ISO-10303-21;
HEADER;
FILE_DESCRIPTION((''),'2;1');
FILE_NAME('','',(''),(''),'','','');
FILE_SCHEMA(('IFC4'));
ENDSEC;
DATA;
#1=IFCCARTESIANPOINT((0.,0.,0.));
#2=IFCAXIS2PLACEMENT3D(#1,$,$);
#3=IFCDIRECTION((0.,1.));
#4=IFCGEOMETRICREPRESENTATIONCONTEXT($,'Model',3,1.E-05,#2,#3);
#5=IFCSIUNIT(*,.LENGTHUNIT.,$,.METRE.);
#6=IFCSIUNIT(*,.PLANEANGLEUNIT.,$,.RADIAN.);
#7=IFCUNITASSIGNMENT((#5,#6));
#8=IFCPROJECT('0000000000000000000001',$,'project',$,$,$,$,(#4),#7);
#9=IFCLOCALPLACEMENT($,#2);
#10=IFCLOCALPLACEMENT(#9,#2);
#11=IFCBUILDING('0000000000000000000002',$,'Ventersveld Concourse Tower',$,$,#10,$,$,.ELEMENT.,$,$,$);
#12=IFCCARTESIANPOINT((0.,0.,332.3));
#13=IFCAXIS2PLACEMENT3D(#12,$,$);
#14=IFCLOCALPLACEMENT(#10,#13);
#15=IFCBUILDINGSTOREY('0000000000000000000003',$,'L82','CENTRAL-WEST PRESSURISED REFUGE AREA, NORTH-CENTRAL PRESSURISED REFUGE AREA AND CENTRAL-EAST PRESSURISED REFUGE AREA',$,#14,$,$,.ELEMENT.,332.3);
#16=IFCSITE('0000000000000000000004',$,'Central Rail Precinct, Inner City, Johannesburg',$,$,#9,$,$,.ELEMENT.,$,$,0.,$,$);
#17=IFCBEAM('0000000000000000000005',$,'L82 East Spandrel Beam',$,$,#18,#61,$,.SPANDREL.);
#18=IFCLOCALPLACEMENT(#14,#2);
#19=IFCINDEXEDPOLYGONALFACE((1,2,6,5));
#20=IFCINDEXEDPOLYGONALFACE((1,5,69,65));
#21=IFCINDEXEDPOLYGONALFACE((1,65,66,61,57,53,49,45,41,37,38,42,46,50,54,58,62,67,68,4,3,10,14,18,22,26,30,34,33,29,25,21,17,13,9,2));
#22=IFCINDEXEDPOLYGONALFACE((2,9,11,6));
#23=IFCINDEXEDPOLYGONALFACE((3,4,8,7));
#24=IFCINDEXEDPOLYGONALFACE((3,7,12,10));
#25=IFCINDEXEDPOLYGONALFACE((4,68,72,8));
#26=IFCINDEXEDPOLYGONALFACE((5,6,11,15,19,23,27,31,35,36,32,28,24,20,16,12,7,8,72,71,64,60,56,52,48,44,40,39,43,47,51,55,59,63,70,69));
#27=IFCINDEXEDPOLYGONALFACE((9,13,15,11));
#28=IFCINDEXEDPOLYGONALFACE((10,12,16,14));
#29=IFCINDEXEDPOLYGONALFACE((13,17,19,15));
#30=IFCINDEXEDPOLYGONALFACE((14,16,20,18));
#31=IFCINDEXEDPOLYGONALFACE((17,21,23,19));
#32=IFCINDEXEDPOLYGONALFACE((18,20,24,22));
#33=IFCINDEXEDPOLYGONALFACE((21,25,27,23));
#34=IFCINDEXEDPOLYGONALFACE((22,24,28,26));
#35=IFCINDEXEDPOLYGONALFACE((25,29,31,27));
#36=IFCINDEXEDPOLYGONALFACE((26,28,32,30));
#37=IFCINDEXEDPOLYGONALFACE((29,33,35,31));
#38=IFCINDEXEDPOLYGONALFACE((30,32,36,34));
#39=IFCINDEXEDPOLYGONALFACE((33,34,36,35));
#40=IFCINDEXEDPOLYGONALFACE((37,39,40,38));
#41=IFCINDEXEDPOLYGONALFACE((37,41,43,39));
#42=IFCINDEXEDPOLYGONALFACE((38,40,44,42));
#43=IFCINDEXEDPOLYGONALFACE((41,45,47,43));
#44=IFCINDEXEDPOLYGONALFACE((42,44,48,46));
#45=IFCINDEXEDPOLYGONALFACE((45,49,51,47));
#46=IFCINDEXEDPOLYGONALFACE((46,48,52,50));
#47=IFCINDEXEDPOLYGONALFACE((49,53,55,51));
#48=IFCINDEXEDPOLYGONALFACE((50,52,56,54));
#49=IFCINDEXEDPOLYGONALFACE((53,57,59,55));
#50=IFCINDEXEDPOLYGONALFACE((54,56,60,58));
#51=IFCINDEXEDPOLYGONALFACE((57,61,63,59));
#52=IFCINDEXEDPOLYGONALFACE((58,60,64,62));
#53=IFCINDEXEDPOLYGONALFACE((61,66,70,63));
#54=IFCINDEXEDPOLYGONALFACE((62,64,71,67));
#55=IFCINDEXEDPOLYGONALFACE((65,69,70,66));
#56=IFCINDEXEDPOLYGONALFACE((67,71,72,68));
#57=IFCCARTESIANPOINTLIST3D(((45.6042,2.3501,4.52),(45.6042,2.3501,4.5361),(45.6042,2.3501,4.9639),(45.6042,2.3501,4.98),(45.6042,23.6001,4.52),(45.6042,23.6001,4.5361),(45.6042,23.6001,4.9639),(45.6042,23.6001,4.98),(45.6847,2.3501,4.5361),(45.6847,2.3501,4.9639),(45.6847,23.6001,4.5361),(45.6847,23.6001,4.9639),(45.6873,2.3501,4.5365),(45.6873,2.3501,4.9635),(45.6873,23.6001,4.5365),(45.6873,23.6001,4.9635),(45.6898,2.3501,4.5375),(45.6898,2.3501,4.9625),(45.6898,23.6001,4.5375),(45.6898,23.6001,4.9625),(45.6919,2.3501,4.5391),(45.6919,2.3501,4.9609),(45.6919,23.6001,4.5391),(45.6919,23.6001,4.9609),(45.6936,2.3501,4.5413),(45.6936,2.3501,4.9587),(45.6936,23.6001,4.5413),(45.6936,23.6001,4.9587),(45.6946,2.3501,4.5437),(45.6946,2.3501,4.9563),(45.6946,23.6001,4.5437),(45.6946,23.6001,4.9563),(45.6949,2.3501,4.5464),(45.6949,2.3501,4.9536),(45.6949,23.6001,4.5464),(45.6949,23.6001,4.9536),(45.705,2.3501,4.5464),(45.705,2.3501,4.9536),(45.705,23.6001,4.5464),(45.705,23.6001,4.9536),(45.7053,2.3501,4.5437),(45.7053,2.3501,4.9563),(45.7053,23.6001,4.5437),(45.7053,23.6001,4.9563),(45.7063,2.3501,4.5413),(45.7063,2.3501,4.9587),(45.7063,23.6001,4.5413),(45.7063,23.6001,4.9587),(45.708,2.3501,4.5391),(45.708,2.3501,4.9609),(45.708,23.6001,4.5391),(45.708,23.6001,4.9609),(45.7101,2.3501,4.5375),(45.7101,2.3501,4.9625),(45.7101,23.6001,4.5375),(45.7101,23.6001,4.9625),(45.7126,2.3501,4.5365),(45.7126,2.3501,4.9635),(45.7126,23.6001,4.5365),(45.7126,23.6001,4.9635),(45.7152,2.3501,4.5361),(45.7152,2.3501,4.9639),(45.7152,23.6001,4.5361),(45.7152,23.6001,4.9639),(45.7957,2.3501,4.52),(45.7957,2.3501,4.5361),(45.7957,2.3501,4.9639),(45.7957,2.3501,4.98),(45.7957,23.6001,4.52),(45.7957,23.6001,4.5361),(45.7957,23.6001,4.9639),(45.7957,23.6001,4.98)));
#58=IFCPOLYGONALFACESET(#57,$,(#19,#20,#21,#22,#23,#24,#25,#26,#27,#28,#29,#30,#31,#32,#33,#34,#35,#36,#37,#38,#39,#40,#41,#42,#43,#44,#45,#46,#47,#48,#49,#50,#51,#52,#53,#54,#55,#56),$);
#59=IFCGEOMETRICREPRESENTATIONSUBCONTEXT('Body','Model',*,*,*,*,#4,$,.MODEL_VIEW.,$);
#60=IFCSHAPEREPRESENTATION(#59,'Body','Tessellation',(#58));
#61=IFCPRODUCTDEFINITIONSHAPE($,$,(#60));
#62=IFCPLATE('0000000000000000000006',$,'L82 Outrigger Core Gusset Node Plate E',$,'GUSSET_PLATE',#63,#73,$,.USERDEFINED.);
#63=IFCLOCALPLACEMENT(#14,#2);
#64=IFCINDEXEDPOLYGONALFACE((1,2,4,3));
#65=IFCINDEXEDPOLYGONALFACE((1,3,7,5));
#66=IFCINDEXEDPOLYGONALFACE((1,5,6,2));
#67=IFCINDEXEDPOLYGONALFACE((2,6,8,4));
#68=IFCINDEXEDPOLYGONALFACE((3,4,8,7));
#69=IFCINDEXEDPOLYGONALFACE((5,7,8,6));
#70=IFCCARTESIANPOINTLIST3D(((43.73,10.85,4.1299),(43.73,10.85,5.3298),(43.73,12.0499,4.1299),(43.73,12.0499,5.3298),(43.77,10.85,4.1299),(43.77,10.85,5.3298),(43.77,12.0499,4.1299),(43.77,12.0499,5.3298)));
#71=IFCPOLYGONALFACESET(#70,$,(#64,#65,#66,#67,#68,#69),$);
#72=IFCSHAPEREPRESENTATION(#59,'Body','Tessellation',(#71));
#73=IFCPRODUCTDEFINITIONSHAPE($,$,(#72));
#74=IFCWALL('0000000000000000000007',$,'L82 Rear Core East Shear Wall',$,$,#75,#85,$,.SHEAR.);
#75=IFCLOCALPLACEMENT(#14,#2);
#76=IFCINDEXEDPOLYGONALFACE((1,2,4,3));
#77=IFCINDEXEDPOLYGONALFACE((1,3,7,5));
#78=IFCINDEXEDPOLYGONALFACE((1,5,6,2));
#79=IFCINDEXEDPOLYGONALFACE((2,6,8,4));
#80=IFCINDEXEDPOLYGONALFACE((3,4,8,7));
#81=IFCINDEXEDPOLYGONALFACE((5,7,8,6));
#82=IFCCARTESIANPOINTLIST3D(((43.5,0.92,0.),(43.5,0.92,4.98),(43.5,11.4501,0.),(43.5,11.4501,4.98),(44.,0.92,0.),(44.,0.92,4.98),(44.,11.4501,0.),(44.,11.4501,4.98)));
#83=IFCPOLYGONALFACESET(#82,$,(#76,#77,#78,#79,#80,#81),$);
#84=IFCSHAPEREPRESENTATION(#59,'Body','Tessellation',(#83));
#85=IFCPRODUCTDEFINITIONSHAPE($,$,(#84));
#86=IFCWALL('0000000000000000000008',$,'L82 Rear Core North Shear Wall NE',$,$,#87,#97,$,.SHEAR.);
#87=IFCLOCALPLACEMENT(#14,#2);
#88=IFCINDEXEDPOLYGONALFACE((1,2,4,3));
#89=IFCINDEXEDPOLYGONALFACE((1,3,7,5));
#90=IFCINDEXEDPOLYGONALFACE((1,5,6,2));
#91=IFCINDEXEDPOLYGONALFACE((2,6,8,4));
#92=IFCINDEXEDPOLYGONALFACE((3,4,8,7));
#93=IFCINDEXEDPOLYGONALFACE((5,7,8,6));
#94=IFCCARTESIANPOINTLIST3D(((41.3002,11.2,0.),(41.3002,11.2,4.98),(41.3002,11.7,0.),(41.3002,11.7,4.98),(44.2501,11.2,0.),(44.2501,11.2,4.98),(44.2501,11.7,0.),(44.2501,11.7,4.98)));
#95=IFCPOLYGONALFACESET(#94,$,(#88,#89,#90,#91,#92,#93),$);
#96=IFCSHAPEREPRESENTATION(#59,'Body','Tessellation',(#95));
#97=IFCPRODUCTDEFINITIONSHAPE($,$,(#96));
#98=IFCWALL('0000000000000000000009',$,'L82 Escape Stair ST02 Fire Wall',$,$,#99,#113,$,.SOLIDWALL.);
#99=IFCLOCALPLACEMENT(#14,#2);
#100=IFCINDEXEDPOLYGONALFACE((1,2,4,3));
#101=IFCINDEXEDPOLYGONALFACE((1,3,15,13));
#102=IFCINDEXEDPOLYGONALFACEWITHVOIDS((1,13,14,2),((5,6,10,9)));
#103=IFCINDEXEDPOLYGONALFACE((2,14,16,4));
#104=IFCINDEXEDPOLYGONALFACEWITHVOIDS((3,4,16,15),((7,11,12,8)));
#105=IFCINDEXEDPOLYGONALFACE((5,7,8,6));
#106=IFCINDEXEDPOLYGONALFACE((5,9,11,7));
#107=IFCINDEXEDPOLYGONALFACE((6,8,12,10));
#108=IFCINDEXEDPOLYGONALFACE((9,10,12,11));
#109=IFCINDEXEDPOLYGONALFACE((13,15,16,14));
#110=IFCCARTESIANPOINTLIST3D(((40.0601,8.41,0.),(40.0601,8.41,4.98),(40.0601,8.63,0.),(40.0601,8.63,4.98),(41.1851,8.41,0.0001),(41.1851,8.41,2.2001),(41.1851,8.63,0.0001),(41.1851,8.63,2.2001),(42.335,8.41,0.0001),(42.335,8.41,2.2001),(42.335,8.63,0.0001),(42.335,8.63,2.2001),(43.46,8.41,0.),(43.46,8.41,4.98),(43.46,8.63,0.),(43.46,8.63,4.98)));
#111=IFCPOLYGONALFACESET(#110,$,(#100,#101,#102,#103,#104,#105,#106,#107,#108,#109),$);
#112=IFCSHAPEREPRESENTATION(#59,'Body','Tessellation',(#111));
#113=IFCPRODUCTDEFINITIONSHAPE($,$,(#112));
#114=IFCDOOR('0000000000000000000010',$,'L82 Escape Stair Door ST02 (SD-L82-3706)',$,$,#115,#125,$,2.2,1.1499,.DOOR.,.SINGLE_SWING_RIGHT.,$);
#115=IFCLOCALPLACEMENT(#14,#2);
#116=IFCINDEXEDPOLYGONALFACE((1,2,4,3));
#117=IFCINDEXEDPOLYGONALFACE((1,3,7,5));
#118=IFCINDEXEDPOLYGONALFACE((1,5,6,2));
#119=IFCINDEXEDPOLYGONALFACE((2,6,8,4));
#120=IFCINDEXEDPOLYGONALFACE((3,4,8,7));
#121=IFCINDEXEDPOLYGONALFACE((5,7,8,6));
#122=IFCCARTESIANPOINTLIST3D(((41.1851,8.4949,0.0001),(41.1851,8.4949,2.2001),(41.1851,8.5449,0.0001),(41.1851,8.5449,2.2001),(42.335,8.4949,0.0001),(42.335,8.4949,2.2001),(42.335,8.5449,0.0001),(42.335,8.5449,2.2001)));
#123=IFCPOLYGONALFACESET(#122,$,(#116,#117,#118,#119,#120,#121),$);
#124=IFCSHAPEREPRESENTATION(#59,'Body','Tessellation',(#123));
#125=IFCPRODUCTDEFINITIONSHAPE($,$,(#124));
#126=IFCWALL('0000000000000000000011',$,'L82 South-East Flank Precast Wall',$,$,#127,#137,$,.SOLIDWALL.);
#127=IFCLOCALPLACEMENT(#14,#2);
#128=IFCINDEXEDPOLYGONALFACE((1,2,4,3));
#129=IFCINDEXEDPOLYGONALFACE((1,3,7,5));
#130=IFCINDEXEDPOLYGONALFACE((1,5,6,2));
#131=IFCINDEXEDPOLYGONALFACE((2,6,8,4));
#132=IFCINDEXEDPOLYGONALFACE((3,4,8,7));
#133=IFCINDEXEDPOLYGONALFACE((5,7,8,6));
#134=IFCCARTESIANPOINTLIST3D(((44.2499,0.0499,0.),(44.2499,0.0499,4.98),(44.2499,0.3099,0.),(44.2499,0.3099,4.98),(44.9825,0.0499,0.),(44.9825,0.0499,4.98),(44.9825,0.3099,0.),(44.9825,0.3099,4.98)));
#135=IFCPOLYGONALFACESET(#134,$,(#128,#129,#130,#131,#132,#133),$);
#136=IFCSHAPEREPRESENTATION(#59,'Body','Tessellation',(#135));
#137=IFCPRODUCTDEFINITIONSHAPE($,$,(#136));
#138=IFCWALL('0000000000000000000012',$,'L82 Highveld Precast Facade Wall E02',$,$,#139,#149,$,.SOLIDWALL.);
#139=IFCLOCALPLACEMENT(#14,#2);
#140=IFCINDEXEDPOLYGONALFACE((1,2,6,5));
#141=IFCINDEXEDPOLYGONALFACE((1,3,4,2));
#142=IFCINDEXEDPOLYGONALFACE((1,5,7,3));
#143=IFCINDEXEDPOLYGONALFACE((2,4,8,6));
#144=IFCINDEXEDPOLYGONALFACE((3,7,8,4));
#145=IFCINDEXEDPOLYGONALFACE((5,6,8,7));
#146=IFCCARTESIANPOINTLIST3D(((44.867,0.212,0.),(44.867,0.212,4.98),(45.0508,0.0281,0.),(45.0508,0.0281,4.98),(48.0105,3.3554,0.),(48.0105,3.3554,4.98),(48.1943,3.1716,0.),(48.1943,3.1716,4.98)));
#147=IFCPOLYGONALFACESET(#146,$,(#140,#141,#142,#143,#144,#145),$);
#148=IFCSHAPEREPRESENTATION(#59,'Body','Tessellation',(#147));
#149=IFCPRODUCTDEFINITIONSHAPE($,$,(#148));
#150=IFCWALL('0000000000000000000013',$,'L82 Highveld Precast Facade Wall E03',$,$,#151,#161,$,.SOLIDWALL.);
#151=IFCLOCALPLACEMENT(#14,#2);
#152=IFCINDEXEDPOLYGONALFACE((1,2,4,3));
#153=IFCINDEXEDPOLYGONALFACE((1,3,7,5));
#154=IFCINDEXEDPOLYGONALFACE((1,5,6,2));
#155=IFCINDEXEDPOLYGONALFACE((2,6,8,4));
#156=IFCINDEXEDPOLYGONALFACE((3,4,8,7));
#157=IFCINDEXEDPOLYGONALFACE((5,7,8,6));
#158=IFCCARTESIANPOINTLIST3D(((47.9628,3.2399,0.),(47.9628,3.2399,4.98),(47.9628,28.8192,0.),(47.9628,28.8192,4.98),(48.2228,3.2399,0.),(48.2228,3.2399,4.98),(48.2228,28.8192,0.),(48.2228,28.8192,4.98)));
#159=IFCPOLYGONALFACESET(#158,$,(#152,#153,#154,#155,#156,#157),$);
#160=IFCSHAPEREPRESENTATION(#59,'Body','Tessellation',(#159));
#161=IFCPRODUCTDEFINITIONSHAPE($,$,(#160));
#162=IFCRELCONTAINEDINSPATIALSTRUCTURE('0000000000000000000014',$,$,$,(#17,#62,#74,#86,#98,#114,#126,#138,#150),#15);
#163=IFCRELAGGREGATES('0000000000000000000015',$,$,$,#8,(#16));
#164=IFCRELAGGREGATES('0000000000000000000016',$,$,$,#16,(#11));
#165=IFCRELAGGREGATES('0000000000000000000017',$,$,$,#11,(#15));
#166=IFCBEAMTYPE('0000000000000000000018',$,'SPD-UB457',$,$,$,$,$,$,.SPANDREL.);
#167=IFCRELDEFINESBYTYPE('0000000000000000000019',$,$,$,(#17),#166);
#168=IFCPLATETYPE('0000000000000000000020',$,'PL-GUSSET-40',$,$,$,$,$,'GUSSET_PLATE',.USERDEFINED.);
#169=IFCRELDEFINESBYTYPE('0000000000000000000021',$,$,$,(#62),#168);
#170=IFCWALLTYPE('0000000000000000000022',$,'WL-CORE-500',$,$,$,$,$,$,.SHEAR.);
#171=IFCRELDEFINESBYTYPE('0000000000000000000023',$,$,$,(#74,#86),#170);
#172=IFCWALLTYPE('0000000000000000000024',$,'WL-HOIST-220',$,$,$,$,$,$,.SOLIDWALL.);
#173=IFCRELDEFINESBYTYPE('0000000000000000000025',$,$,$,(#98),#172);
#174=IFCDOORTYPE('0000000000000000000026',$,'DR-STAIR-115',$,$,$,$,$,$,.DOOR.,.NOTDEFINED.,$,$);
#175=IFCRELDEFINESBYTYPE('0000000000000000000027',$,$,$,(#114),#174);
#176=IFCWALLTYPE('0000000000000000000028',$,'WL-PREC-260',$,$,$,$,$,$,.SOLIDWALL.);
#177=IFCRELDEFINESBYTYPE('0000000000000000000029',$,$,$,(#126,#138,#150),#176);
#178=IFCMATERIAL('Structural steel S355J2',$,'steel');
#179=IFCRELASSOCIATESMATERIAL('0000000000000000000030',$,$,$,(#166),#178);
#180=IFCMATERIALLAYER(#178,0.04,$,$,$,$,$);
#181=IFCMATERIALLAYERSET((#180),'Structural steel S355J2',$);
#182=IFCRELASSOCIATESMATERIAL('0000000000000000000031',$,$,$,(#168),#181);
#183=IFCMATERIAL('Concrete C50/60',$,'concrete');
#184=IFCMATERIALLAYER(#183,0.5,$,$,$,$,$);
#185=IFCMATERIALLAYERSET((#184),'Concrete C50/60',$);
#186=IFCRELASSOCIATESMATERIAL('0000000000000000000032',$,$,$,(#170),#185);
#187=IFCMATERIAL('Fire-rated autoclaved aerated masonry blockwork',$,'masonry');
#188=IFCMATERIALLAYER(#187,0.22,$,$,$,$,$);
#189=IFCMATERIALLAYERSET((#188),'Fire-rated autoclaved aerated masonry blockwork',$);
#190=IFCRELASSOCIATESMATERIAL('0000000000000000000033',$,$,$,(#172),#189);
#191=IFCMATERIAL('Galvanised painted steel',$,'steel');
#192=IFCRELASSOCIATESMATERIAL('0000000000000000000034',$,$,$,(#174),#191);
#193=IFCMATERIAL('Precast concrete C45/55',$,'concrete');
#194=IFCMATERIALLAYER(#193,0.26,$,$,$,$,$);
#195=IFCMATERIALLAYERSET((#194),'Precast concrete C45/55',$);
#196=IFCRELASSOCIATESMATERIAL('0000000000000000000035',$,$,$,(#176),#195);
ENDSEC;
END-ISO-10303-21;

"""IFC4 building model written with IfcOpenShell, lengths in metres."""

from ifc_helpers import new_model, si_unit, direction, frame, frame_2d, origin, origin_2d, place, context, subcontext, project, spatial, rectangle, i_section, extrude, material, layer, layer_set, material_profile, profile_set, type_object, element, fill, save


model = new_model("IFC4")

# Units and contexts
model_context = context("Model", 3, precision=1e-05, world=origin(), true_north=direction((0.0, 1.0)))
body_context = subcontext(model_context, "Body", "Model", "MODEL_VIEW")
ifc_project = project(units=[si_unit("LENGTHUNIT", "METRE"), si_unit("PLANEANGLEUNIT", "RADIAN")], contexts=[model_context])

# Site, building, storey
site_placement = place(None, origin())
site = spatial("IfcSite", under=ifc_project, at=site_placement, Name="Central Rail Precinct, Inner City, Johannesburg", CompositionType="ELEMENT", RefElevation=0.0)
building_placement = place(site_placement, origin())
building = spatial("IfcBuilding", under=site, at=building_placement, Name="Ventersveld Concourse Tower", CompositionType="ELEMENT")
storey_placement = place(building_placement, frame((0.0, 0.0, 332.3)))
storey = spatial("IfcBuildingStorey", under=building, at=storey_placement, Name="L82", Description="CENTRAL-WEST PRESSURISED REFUGE AREA, NORTH-CENTRAL PRESSURISED REFUGE AREA AND CENTRAL-EAST PRESSURISED REFUGE AREA", CompositionType="ELEMENT", Elevation=332.3)

# Shared definitions
ifc_material_1 = material(Name="Concrete C50/60", Category="concrete")

# Shared definitions
ifc_material_2 = material(Name="Structural steel S355J2", Category="steel")

# Beam
ifc_material_profile_1 = material_profile(ifc_material_2, i_section(OverallWidth=0.1914, OverallDepth=0.46, WebThickness=0.01, FlangeThickness=0.0161, FilletRadius=0.0103, at=origin_2d()), Name="UB 457x191x82")
ifc_profile_set_1 = profile_set([ifc_material_profile_1], Name="Structural steel S355J2")
beam_type_1 = type_object("IfcBeamType", Name="SPD-UB457", PredefinedType="SPANDREL", material=ifc_profile_set_1)
beam_1_placement = place(storey_placement, frame((45.7, 2.3501, 4.75), z_axis=(0.0, 1.0, 0.0), x_axis=(-1.0, 0.0, 0.0)))
element("IfcBeam", 1, at=beam_1_placement, inside=storey, type_object=beam_type_1, Name="L82 East Spandrel Beam", PredefinedType="SPANDREL", context=body_context, shape_type="SweptSolid", body=[
    extrude(i_section(OverallWidth=0.1914, OverallDepth=0.46, WebThickness=0.01, FlangeThickness=0.0161, FilletRadius=0.0103, at=origin_2d()), origin(), (0.0, 0.0, 1.0), 21.25),
])

# Plate
ifc_layer_1 = layer(ifc_material_2, 0.04)
ifc_layer_set_1 = layer_set([ifc_layer_1], Name="Structural steel S355J2")
plate_type = type_object("IfcPlateType", Name="PL-GUSSET-40", ElementType="GUSSET_PLATE", PredefinedType="USERDEFINED", material=ifc_layer_set_1)
plate_placement = place(storey_placement, frame((43.75, 11.45, 4.1299), z_axis=(0.0, 0.0, 1.0), x_axis=(1.0, 0.0, 0.0)))
element("IfcPlate", 2, at=plate_placement, inside=storey, type_object=plate_type, Name="L82 Outrigger Core Gusset Node Plate E", ObjectType="GUSSET_PLATE", PredefinedType="USERDEFINED", context=body_context, shape_type="SweptSolid", body=[
    extrude(rectangle(XDim=0.04, YDim=1.2, at=origin_2d()), origin(), (0.0, 0.0, 1.0), 1.2),
])

# Walls
ifc_layer_2 = layer(ifc_material_1, 0.5)
ifc_layer_set_2 = layer_set([ifc_layer_2], Name="Concrete C50/60")
wall_type_1 = type_object("IfcWallType", Name="WL-CORE-500", PredefinedType="SHEAR", material=ifc_layer_set_2)
wall_1_placement = place(storey_placement, frame((43.75, 0.9199, 0.0), z_axis=(0.0, 0.0, 1.0), x_axis=(0.0, 1.0, 0.0)))
element("IfcWall", 3, at=wall_1_placement, inside=storey, type_object=wall_type_1, Name="L82 Rear Core East Shear Wall", PredefinedType="SHEAR", context=body_context, shape_type="SweptSolid", body=[
    extrude(rectangle(XDim=10.53, YDim=0.5, at=frame_2d((5.2651, 0.0))), origin(), (0.0, 0.0, 1.0), 4.98),
])
wall_2_placement = place(storey_placement, frame((41.3, 11.45, 0.0), z_axis=(0.0, 0.0, 1.0), x_axis=(1.0, 0.0, 0.0)))
element("IfcWall", 4, at=wall_2_placement, inside=storey, type_object=wall_type_1, Name="L82 Rear Core North Shear Wall NE", PredefinedType="SHEAR", context=body_context, shape_type="SweptSolid", body=[
    extrude(rectangle(XDim=2.95, YDim=0.5, at=frame_2d((1.4751, 0.0))), origin(), (0.0, 0.0, 1.0), 4.98),
])

# Wall, opening, door
ifc_material_3 = material(Name="Fire-rated autoclaved aerated masonry blockwork", Category="masonry")
ifc_layer_3 = layer(ifc_material_3, 0.22)
ifc_layer_set_3 = layer_set([ifc_layer_3], Name="Fire-rated autoclaved aerated masonry blockwork")
wall_type_2 = type_object("IfcWallType", Name="WL-HOIST-220", PredefinedType="SOLIDWALL", material=ifc_layer_set_3)
wall_3_placement = place(storey_placement, frame((40.0601, 8.52, 0.0), z_axis=(0.0, 0.0, 1.0), x_axis=(1.0, 0.0, 0.0)))
wall_3 = element("IfcWall", 5, at=wall_3_placement, inside=storey, type_object=wall_type_2, Name="L82 Escape Stair ST02 Fire Wall", PredefinedType="SOLIDWALL", context=body_context, shape_type="SweptSolid", body=[
    extrude(rectangle(XDim=3.3999, YDim=0.22, at=frame_2d((1.7, 0.0))), origin(), (0.0, 0.0, 1.0), 4.98),
])
opening_placement = place(wall_3_placement, frame((1.125, 0.0, 0.0)))
opening = element("IfcOpeningElement", 6, at=opening_placement, cuts=wall_3, PredefinedType="OPENING", context=body_context, shape_type="SweptSolid", body=[
    extrude(rectangle(XDim=1.1499, YDim=2.2, at=frame_2d((0.575, 1.1001))), frame((0.0, 0.1201, 0.0), z_axis=(0.0, -1.0, 0.0), x_axis=(1.0, 0.0, 0.0)), (0.0, 0.0, 1.0), 0.24),
])
ifc_material_4 = material(Name="Galvanised painted steel", Category="steel")
door_type = type_object("IfcDoorType", Name="DR-STAIR-115", OperationType="NOTDEFINED", PredefinedType="DOOR", material=ifc_material_4)
door_placement = place(opening_placement, origin())
door = element("IfcDoor", 7, at=door_placement, inside=storey, type_object=door_type, Name="L82 Escape Stair Door ST02 (SD-L82-3706)", OperationType="SINGLE_SWING_RIGHT", OverallHeight=2.2, OverallWidth=1.1499, PredefinedType="DOOR", context=body_context, shape_type="SweptSolid", body=[
    extrude(rectangle(XDim=1.1499, YDim=2.2, at=frame_2d((0.575, 1.1001))), frame((0.0, 0.0249, 0.0), z_axis=(0.0, -1.0, 0.0), x_axis=(1.0, 0.0, 0.0)), (0.0, 0.0, 1.0), 0.05),
])
fill(opening, door)

# Walls
ifc_material_5 = material(Name="Precast concrete C45/55", Category="concrete")
ifc_layer_4 = layer(ifc_material_5, 0.26)
ifc_layer_set_4 = layer_set([ifc_layer_4], Name="Precast concrete C45/55")
wall_type_3 = type_object("IfcWallType", Name="WL-PREC-260", PredefinedType="SOLIDWALL", material=ifc_layer_set_4)
wall_4_placement = place(storey_placement, frame((44.25, 0.1799, 0.0), z_axis=(0.0, 0.0, 1.0), x_axis=(1.0, 0.0, 0.0)))
element("IfcWall", 8, at=wall_4_placement, inside=storey, type_object=wall_type_3, Name="L82 South-East Flank Precast Wall", PredefinedType="SOLIDWALL", context=body_context, shape_type="SweptSolid", body=[
    extrude(rectangle(XDim=0.7327, YDim=0.26, at=frame_2d((0.3662, 0.0))), origin(), (0.0, 0.0, 1.0), 4.98),
])
wall_5_placement = place(storey_placement, frame((44.959, 0.1201, 0.0), z_axis=(0.0, 0.0, 1.0), x_axis=(0.707107, 0.707107, 0.0)))
element("IfcWall", 9, at=wall_5_placement, inside=storey, type_object=wall_type_3, Name="L82 Highveld Precast Facade Wall E02", PredefinedType="SOLIDWALL", context=body_context, shape_type="SweptSolid", body=[
    extrude(rectangle(XDim=4.4456, YDim=0.26, at=frame_2d((2.2227, 0.0))), origin(), (0.0, 0.0, 1.0), 4.98),
])
wall_6_placement = place(storey_placement, frame((48.0928, 3.24, 0.0), z_axis=(0.0, 0.0, 1.0), x_axis=(0.0, 1.0, 0.0)))
element("IfcWall", 10, at=wall_6_placement, inside=storey, type_object=wall_type_3, Name="L82 Highveld Precast Facade Wall E03", PredefinedType="SOLIDWALL", context=body_context, shape_type="SweptSolid", body=[
    extrude(rectangle(XDim=25.5793, YDim=0.26, at=frame_2d((12.7896, 0.0))), origin(), (0.0, 0.0, 1.0), 4.98),
])

save(model, "model.ifc")
